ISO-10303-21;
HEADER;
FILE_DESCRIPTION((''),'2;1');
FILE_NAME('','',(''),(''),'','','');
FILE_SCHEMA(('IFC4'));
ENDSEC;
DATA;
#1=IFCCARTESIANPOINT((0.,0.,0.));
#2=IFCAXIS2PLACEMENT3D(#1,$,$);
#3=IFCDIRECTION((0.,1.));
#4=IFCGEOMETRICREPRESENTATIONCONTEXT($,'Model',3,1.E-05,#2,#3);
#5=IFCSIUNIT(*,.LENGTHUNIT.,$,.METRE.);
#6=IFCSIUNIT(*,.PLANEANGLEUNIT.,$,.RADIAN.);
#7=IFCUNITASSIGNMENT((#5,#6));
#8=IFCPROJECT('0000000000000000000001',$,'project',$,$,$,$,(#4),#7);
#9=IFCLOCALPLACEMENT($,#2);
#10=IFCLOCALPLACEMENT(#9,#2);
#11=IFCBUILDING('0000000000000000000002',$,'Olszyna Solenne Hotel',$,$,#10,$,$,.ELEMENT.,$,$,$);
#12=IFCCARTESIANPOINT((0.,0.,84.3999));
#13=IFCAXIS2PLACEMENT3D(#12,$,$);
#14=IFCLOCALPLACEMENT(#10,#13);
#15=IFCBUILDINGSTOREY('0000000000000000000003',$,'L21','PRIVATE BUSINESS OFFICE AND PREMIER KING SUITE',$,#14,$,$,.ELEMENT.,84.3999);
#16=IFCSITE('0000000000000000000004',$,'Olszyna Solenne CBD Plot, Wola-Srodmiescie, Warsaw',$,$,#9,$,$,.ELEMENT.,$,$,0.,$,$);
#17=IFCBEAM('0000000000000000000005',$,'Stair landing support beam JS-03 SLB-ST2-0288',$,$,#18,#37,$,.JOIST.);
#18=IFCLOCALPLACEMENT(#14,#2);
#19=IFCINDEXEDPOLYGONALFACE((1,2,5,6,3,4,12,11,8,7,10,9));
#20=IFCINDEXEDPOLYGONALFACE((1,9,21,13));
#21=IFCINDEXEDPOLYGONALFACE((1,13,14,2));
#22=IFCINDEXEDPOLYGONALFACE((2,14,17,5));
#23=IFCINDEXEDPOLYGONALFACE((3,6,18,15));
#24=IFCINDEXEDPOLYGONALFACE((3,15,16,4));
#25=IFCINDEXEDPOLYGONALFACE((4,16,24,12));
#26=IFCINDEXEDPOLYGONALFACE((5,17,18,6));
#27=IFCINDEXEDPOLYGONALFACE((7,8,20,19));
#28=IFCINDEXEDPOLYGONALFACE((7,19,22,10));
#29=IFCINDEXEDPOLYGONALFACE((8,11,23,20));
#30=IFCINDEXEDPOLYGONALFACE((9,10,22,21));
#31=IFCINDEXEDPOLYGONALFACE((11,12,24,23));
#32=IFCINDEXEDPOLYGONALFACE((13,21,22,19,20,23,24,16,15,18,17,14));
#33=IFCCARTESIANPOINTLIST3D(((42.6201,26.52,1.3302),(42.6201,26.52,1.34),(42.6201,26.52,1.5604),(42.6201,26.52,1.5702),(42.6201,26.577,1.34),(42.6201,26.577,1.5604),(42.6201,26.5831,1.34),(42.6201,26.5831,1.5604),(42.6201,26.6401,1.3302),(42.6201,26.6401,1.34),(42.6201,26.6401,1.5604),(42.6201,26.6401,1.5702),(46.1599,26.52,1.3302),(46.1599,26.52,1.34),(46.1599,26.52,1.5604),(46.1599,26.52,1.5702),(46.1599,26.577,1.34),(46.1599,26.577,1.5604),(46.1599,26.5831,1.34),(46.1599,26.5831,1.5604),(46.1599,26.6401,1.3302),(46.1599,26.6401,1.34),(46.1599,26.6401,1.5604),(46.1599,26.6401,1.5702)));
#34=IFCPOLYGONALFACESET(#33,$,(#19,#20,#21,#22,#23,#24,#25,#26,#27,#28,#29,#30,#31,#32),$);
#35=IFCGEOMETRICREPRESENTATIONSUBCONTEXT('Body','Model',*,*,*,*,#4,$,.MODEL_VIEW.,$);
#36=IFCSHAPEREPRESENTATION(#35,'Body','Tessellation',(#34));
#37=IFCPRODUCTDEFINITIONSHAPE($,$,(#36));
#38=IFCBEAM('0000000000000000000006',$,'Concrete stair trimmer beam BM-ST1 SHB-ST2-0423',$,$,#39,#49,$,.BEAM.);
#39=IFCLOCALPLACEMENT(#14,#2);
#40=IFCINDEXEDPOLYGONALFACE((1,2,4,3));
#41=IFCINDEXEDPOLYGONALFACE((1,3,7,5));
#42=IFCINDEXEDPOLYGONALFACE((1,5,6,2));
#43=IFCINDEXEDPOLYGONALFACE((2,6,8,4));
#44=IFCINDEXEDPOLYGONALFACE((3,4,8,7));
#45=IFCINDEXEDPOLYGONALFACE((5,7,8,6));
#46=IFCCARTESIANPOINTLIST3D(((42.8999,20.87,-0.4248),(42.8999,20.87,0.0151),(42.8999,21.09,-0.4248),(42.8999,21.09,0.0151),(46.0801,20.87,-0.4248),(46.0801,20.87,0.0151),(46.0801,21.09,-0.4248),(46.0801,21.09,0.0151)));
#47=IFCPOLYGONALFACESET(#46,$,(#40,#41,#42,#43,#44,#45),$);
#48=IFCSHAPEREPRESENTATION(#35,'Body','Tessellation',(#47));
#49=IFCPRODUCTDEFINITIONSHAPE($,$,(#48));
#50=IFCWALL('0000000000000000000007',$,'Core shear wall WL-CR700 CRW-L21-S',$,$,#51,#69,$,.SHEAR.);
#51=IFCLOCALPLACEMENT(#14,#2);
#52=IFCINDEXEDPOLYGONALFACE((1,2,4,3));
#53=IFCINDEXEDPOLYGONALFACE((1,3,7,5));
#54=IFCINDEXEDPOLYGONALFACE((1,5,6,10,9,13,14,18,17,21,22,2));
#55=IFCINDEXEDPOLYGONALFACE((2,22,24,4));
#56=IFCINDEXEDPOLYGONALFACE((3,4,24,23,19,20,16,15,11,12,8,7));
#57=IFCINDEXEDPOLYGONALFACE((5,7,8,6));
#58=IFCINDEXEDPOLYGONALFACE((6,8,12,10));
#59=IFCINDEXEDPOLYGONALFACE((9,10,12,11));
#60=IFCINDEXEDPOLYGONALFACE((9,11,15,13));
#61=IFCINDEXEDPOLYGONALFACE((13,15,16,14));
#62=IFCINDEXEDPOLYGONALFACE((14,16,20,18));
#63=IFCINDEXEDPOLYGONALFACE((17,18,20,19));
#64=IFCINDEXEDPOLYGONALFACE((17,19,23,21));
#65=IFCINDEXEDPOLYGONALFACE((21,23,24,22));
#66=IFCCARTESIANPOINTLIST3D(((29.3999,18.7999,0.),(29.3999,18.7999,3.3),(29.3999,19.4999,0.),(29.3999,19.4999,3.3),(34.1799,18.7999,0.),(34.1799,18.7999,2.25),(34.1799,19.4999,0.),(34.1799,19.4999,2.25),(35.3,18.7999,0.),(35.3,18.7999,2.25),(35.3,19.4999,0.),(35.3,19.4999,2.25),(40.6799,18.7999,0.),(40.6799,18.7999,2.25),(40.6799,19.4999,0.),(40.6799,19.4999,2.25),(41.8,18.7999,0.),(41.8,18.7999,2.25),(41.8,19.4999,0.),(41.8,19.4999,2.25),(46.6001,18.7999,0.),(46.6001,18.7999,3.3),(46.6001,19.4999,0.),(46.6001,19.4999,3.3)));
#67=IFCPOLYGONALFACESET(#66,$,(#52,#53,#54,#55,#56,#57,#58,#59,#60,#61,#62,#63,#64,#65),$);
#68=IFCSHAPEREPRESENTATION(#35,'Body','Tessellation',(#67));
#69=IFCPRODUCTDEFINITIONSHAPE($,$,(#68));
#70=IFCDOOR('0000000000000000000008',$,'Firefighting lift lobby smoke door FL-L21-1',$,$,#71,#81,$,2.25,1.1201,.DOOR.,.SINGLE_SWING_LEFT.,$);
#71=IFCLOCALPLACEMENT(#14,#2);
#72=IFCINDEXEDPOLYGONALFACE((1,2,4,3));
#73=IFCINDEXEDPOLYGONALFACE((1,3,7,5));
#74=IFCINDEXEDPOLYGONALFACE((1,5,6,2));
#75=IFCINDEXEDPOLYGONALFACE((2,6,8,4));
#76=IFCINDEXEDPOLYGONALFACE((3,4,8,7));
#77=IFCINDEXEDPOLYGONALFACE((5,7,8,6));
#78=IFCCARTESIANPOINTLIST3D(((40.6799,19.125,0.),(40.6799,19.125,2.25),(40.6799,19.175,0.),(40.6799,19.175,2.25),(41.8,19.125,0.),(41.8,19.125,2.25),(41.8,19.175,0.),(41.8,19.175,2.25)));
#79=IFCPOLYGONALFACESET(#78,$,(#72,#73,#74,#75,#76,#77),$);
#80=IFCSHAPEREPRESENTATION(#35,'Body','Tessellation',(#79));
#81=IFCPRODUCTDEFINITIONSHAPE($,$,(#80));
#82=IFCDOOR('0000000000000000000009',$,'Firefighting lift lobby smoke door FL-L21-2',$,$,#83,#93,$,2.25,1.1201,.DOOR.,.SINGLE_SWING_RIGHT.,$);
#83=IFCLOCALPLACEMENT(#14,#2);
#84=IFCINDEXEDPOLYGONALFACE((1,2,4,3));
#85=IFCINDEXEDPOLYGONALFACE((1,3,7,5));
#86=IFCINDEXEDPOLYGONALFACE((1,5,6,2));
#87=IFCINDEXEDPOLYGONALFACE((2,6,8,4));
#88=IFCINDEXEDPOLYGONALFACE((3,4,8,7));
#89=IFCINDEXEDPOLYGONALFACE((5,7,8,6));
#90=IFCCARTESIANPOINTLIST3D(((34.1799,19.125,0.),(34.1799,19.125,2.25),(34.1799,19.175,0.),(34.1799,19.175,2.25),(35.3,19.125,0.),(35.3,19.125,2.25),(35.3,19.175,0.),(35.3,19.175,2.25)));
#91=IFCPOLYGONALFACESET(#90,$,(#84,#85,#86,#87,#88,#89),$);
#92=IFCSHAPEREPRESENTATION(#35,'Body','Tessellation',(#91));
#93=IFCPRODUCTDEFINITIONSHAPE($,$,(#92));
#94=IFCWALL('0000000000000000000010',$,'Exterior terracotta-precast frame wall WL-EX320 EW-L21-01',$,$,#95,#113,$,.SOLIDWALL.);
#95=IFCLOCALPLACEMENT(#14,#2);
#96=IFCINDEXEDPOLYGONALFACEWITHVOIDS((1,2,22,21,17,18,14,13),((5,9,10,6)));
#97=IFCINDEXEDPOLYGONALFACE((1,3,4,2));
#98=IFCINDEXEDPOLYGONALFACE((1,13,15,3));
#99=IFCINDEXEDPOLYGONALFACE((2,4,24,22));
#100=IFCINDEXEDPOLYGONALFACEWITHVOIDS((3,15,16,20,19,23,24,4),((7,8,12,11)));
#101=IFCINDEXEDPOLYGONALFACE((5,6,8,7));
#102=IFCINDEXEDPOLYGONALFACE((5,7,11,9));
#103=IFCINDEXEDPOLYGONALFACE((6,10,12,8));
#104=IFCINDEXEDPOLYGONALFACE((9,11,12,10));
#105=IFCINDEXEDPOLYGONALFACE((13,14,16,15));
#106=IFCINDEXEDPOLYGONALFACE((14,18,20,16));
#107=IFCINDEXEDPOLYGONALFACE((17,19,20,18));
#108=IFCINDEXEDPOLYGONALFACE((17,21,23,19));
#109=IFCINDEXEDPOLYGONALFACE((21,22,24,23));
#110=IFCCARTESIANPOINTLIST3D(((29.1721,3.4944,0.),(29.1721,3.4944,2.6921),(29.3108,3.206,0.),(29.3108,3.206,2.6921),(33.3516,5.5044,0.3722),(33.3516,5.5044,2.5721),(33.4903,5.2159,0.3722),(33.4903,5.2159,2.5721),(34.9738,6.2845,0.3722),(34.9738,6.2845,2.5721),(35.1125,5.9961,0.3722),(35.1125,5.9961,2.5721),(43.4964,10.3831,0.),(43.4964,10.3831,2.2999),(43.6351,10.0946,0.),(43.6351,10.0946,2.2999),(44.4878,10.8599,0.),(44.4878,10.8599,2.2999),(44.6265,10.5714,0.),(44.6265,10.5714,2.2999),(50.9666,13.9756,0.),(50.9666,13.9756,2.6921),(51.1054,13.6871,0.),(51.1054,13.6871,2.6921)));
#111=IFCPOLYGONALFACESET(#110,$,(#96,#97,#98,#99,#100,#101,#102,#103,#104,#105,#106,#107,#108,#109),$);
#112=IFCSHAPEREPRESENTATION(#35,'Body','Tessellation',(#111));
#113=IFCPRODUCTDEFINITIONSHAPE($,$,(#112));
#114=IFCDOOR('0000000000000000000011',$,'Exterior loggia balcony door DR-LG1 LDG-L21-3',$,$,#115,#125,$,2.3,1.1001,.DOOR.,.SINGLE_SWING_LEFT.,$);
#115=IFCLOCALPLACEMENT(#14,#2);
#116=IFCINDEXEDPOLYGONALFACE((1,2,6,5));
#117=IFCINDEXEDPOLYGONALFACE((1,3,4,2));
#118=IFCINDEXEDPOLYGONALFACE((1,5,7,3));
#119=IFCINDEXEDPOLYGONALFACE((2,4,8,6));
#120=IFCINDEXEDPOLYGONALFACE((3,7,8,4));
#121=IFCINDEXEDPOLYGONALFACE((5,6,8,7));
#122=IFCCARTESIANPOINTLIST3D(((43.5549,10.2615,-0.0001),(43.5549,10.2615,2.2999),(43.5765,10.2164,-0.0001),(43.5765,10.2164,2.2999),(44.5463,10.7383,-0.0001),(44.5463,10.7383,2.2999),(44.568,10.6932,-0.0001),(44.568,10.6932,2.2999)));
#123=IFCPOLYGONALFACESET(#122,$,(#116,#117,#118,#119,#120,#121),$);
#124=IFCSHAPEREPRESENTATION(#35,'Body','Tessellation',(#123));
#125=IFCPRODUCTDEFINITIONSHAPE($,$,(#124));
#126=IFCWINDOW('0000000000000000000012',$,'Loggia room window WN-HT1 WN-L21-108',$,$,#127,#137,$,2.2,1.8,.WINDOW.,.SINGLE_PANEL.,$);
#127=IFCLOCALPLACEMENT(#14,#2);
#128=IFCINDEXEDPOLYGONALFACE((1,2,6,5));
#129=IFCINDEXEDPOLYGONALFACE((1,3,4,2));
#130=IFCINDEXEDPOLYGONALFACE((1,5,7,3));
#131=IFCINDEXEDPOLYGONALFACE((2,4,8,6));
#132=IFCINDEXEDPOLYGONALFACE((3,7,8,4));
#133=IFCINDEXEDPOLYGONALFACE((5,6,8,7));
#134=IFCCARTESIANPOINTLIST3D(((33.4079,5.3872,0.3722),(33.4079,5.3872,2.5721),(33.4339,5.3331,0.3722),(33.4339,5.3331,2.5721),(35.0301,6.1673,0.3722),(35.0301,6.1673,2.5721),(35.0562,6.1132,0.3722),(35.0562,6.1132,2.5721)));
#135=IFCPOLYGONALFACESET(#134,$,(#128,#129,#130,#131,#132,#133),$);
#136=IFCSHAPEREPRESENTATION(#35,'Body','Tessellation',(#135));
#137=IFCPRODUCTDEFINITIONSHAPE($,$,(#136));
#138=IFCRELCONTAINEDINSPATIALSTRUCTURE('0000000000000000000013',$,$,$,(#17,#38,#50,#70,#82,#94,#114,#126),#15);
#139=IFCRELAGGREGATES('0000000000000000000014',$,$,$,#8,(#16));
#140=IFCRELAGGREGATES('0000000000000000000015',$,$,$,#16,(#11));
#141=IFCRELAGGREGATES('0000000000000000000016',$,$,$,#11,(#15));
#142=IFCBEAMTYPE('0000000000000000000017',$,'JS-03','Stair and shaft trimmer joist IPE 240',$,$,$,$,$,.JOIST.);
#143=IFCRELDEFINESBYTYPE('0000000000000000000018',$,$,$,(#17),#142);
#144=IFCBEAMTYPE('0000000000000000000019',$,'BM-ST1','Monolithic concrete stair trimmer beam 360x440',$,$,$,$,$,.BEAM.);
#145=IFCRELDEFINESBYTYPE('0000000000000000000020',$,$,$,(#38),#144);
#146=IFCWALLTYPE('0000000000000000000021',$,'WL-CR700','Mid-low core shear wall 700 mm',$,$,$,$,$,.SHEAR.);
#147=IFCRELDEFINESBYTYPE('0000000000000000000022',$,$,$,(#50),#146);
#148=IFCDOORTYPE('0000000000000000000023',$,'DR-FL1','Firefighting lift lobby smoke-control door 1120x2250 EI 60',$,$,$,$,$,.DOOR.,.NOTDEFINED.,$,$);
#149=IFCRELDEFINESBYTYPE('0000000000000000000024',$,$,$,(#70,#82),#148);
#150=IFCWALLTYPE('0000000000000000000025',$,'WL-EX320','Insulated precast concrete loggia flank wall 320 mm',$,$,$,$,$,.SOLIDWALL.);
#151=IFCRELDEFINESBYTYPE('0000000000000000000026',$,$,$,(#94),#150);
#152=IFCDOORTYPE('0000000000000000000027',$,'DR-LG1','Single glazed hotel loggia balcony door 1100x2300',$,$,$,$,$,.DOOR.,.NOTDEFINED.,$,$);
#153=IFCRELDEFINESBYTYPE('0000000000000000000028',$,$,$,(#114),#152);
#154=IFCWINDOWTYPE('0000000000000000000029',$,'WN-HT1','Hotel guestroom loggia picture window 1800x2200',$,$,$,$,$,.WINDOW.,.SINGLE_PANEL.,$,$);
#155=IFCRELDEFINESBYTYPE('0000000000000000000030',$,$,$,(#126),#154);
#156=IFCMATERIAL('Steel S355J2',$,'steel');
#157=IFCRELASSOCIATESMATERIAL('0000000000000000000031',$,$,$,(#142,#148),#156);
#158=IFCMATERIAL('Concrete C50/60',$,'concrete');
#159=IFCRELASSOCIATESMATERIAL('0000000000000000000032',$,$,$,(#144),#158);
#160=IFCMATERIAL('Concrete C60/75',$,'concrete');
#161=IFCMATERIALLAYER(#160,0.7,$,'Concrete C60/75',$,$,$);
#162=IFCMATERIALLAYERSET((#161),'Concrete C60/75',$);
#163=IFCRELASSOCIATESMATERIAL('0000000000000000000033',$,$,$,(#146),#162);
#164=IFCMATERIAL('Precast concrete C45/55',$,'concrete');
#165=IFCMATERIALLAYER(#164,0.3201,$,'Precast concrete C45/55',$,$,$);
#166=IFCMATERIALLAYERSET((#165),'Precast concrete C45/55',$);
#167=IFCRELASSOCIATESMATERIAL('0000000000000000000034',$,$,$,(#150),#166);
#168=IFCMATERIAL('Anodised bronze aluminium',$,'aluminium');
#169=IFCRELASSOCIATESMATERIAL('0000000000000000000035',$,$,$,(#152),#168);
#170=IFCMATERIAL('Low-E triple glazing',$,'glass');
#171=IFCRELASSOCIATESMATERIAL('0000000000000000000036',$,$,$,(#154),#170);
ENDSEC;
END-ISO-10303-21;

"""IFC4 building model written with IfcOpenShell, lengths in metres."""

from ifc_helpers import new_model, si_unit, direction, frame, frame_2d, origin, origin_2d, place, context, subcontext, project, spatial, rectangle, i_section, extrude, source, transform, mapped, material, layer, layer_set, material_profile, profile_set, type_object, type_shapes, element, fill, save


model = new_model("IFC4")

# Units and contexts
model_context = context("Model", 3, precision=1e-05, world=origin(), true_north=direction((0.0, 1.0)))
body_context = subcontext(model_context, "Body", "Model", "MODEL_VIEW")
ifc_project = project(units=[si_unit("LENGTHUNIT", "METRE"), si_unit("PLANEANGLEUNIT", "RADIAN")], contexts=[model_context])

# Site, building, storey
site_placement = place(None, origin())
site = spatial("IfcSite", under=ifc_project, at=site_placement, Name="Olszyna Solenne CBD Plot, Wola-Srodmiescie, Warsaw", CompositionType="ELEMENT", RefElevation=0.0)
building_placement = place(site_placement, origin())
building = spatial("IfcBuilding", under=site, at=building_placement, Name="Olszyna Solenne Hotel", CompositionType="ELEMENT")
storey_placement = place(building_placement, frame((0.0, 0.0, 84.3999)))
storey = spatial("IfcBuildingStorey", under=building, at=storey_placement, Name="L21", Description="PRIVATE BUSINESS OFFICE AND PREMIER KING SUITE", CompositionType="ELEMENT", Elevation=84.3999)

# Beams
ifc_material_1 = material(Name="Steel S355J2", Category="steel")
ifc_material_profile_1 = material_profile(ifc_material_1, i_section(OverallWidth=0.1201, OverallDepth=0.24, WebThickness=0.0061, FlangeThickness=0.0098, at=origin_2d()), Name="IPE 240", Category="load-bearing")
ifc_profile_set_1 = profile_set([ifc_material_profile_1], Name="Steel S355J2")
beam_type_1 = type_object("IfcBeamType", Name="JS-03", Description="Stair and shaft trimmer joist IPE 240", PredefinedType="JOIST", material=ifc_profile_set_1)
shared_shape_1 = source(origin(), body_context, "Body", "SweptSolid", [
    extrude(i_section(OverallWidth=0.1201, OverallDepth=0.24, WebThickness=0.0061, FlangeThickness=0.0098, at=origin_2d()), origin(), (0.0, 0.0, 1.0), 3.5398),
])
for number, where, z_axis, x_axis, name in (
    (1, (46.1599, 26.5801, 1.4502), (-1.0, 0.0, 0.0), (0.0, -1.0, 0.0), "Stair landing support beam JS-03 SLB-ST2-0288"),
):
    element("IfcBeam", number, at=place(storey_placement, frame(where, z_axis=z_axis, x_axis=x_axis)), inside=storey, type_object=beam_type_1, Name=name, PredefinedType="JOIST", context=body_context, shape_type="MappedRepresentation", body=[
        mapped(shared_shape_1, transform((0.0, 0.0, 0.0), x_axis=(1.0, 0.0, 0.0), y_axis=(0.0, 1.0, 0.0), z_axis=(0.0, 0.0, 1.0), scale=1.0)),
    ])
ifc_material_2 = material(Name="Concrete C50/60", Category="concrete")
ifc_material_profile_2 = material_profile(ifc_material_2, rectangle(XDim=0.22, YDim=0.4399, at=origin_2d()), Name="RC 220x440", Category="load-bearing")
ifc_profile_set_2 = profile_set([ifc_material_profile_2], Name="Concrete C50/60")
beam_type_2 = type_object("IfcBeamType", Name="BM-ST1", Description="Monolithic concrete stair trimmer beam 360x440", PredefinedType="BEAM", material=ifc_profile_set_2)
shared_shape_2 = source(origin(), body_context, "Body", "SweptSolid", [
    extrude(rectangle(XDim=0.22, YDim=0.4399, at=origin_2d()), origin(), (0.0, 0.0, 1.0), 3.1802),
])
beam_1_placement = place(storey_placement, frame((46.0801, 20.98, -0.2048), z_axis=(-1.0, 0.0, 0.0), x_axis=(0.0, -1.0, 0.0)))
element("IfcBeam", 2, at=beam_1_placement, inside=storey, type_object=beam_type_2, Name="Concrete stair trimmer beam BM-ST1 SHB-ST2-0423", PredefinedType="BEAM", context=body_context, shape_type="MappedRepresentation", body=[
    mapped(shared_shape_2, transform((0.0, 0.0, 0.0), x_axis=(1.0, 0.0, 0.0), y_axis=(0.0, 1.0, 0.0), z_axis=(0.0, 0.0, 1.0), scale=1.0)),
])

# Wall, openings, doors
ifc_material_3 = material(Name="Concrete C60/75", Category="concrete")
ifc_layer_1 = layer(ifc_material_3, 0.7, Name="Concrete C60/75")
ifc_layer_set_1 = layer_set([ifc_layer_1], Name="Concrete C60/75")
wall_type_1 = type_object("IfcWallType", Name="WL-CR700", Description="Mid-low core shear wall 700 mm", PredefinedType="SHEAR", material=ifc_layer_set_1)
wall_1_placement = place(storey_placement, frame((46.6001, 19.1499, 0.0), z_axis=(0.0, 0.0, 1.0), x_axis=(-1.0, 0.0, 0.0)))
wall_1 = element("IfcWall", 3, at=wall_1_placement, inside=storey, type_object=wall_type_1, Name="Core shear wall WL-CR700 CRW-L21-S", PredefinedType="SHEAR", context=body_context, shape_type="SweptSolid", body=[
    extrude(rectangle(XDim=17.2002, YDim=0.7, at=frame_2d((8.6001, 0.0))), origin(), (0.0, 0.0, 1.0), 3.3),
])
opening_1_placement = place(wall_1_placement, frame((4.8, 0.0, 0.0)))
opening_1 = element("IfcOpeningElement", 4, at=opening_1_placement, cuts=wall_1, PredefinedType="OPENING", context=body_context, shape_type="SweptSolid", body=[
    extrude(rectangle(XDim=1.1201, YDim=2.25, at=frame_2d((0.5601, 1.125))), frame((0.0, 0.3599, 0.0), z_axis=(0.0, -1.0, 0.0), x_axis=(1.0, 0.0, 0.0)), (0.0, 0.0, 1.0), 0.72),
])
opening_2_placement = place(wall_1_placement, frame((11.3, 0.0, 0.0)))
opening_2 = element("IfcOpeningElement", 5, at=opening_2_placement, cuts=wall_1, PredefinedType="OPENING", context=body_context, shape_type="SweptSolid", body=[
    extrude(rectangle(XDim=1.1201, YDim=2.25, at=frame_2d((0.5601, 1.125))), frame((0.0, 0.3599, 0.0), z_axis=(0.0, -1.0, 0.0), x_axis=(1.0, 0.0, 0.0)), (0.0, 0.0, 1.0), 0.72),
])
door_type_1 = type_object("IfcDoorType", Name="DR-FL1", Description="Firefighting lift lobby smoke-control door 1120x2250 EI 60", OperationType="NOTDEFINED", PredefinedType="DOOR", material=ifc_material_1)
shared_shape_3 = source(origin(), body_context, "Body", "SweptSolid", [
    extrude(rectangle(XDim=1.1201, YDim=2.25, at=frame_2d((0.5601, 1.125))), frame((0.0, 0.0249, 0.0), z_axis=(0.0, -1.0, 0.0), x_axis=(1.0, 0.0, 0.0)), (0.0, 0.0, 1.0), 0.05),
])
type_shapes(door_type_1, [shared_shape_3])
door_1_placement = place(opening_1_placement, origin())
door_1 = element("IfcDoor", 6, at=door_1_placement, inside=storey, type_object=door_type_1, Name="Firefighting lift lobby smoke door FL-L21-1", OperationType="SINGLE_SWING_LEFT", OverallHeight=2.25, OverallWidth=1.1201, PredefinedType="DOOR", context=body_context, shape_type="MappedRepresentation", body=[
    mapped(shared_shape_3, transform((0.0, 0.0, 0.0), x_axis=(1.0, 0.0, 0.0), y_axis=(0.0, 1.0, 0.0), z_axis=(0.0, 0.0, 1.0), scale=1.0)),
])
fill(opening_1, door_1)
door_2_placement = place(opening_2_placement, origin())
door_2 = element("IfcDoor", 7, at=door_2_placement, inside=storey, type_object=door_type_1, Name="Firefighting lift lobby smoke door FL-L21-2", OperationType="SINGLE_SWING_RIGHT", OverallHeight=2.25, OverallWidth=1.1201, PredefinedType="DOOR", context=body_context, shape_type="MappedRepresentation", body=[
    mapped(shared_shape_3, transform((0.0, 0.0, 0.0), x_axis=(1.0, 0.0, 0.0), y_axis=(0.0, 1.0, 0.0), z_axis=(0.0, 0.0, 1.0), scale=1.0)),
])
fill(opening_2, door_2)

# Wall, openings, door, window
ifc_material_4 = material(Name="Precast concrete C45/55", Category="concrete")
ifc_layer_2 = layer(ifc_material_4, 0.3201, Name="Precast concrete C45/55")
ifc_layer_set_2 = layer_set([ifc_layer_2], Name="Precast concrete C45/55")
wall_type_2 = type_object("IfcWallType", Name="WL-EX320", Description="Insulated precast concrete loggia flank wall 320 mm", PredefinedType="SOLIDWALL", material=ifc_layer_set_2)
wall_2_placement = place(storey_placement, frame((51.0359, 13.8313, 0.0), z_axis=(0.0, 0.0, 1.0), x_axis=(-0.901204, -0.433395, 0.0)))
wall_2 = element("IfcWall", 8, at=wall_2_placement, inside=storey, type_object=wall_type_2, Name="Exterior terracotta-precast frame wall WL-EX320 EW-L21-01", PredefinedType="SOLIDWALL", context=body_context, shape_type="SweptSolid", body=[
    extrude(rectangle(XDim=24.1838, YDim=0.3201, at=frame_2d((12.0918, 0.0))), origin(), (0.0, 0.0, 1.0), 2.6921),
])
opening_3_placement = place(wall_2_placement, frame((7.189, 0.0, 0.0)))
opening_3 = element("IfcOpeningElement", 9, at=opening_3_placement, cuts=wall_2, PredefinedType="OPENING", context=body_context, shape_type="SweptSolid", body=[
    extrude(rectangle(XDim=1.1001, YDim=2.3, at=frame_2d((0.55, 1.1499))), frame((0.0, 0.1699, 0.0), z_axis=(0.0, -1.0, 0.0), x_axis=(1.0, 0.0, 0.0)), (0.0, 0.0, 1.0), 0.3401),
])
opening_4_placement = place(wall_2_placement, frame((17.7461, 0.0, 0.3721)))
opening_4 = element("IfcOpeningElement", 10, at=opening_4_placement, cuts=wall_2, PredefinedType="OPENING", context=body_context, shape_type="SweptSolid", body=[
    extrude(rectangle(XDim=1.8, YDim=2.2, at=frame_2d((0.8999, 1.1001))), frame((0.0, 0.1699, 0.0), z_axis=(0.0, -1.0, 0.0), x_axis=(1.0, 0.0, 0.0)), (0.0, 0.0, 1.0), 0.3401),
])
ifc_material_5 = material(Name="Anodised bronze aluminium", Category="aluminium")
door_type_2 = type_object("IfcDoorType", Name="DR-LG1", Description="Single glazed hotel loggia balcony door 1100x2300", OperationType="NOTDEFINED", PredefinedType="DOOR", material=ifc_material_5)
shared_shape_4 = source(origin(), body_context, "Body", "SweptSolid", [
    extrude(rectangle(XDim=1.1001, YDim=2.3, at=frame_2d((0.55, 1.1499))), frame((0.0, 0.0249, 0.0), z_axis=(0.0, -1.0, 0.0), x_axis=(1.0, 0.0, 0.0)), (0.0, 0.0, 1.0), 0.05),
])
type_shapes(door_type_2, [shared_shape_4])
door_3_placement = place(opening_3_placement, origin())
door_3 = element("IfcDoor", 11, at=door_3_placement, inside=storey, type_object=door_type_2, Name="Exterior loggia balcony door DR-LG1 LDG-L21-3", OperationType="SINGLE_SWING_LEFT", OverallHeight=2.3, OverallWidth=1.1001, PredefinedType="DOOR", context=body_context, shape_type="MappedRepresentation", body=[
    mapped(shared_shape_4, transform((0.0, 0.0, 0.0), x_axis=(1.0, 0.0, 0.0), y_axis=(0.0, 1.0, 0.0), z_axis=(0.0, 0.0, 1.0), scale=1.0)),
])
fill(opening_3, door_3)
ifc_material_6 = material(Name="Low-E triple glazing", Category="glass")
window_type = type_object("IfcWindowType", Name="WN-HT1", Description="Hotel guestroom loggia picture window 1800x2200", PartitioningType="SINGLE_PANEL", PredefinedType="WINDOW", material=ifc_material_6)
shared_shape_5 = source(origin(), body_context, "Body", "SweptSolid", [
    extrude(rectangle(XDim=1.8, YDim=2.2, at=frame_2d((0.8999, 1.1001))), frame((0.0, 0.03, 0.0), z_axis=(0.0, -1.0, 0.0), x_axis=(1.0, 0.0, 0.0)), (0.0, 0.0, 1.0), 0.0601),
])
type_shapes(window_type, [shared_shape_5])
window_placement = place(opening_4_placement, origin())
window = element("IfcWindow", 12, at=window_placement, inside=storey, type_object=window_type, Name="Loggia room window WN-HT1 WN-L21-108", OverallHeight=2.2, OverallWidth=1.8, PartitioningType="SINGLE_PANEL", PredefinedType="WINDOW", context=body_context, shape_type="MappedRepresentation", body=[
    mapped(shared_shape_5, transform((0.0, 0.0, 0.0), x_axis=(1.0, 0.0, 0.0), y_axis=(0.0, 1.0, 0.0), z_axis=(0.0, 0.0, 1.0), scale=1.0)),
])
fill(opening_4, window)

save(model, "model.ifc")
